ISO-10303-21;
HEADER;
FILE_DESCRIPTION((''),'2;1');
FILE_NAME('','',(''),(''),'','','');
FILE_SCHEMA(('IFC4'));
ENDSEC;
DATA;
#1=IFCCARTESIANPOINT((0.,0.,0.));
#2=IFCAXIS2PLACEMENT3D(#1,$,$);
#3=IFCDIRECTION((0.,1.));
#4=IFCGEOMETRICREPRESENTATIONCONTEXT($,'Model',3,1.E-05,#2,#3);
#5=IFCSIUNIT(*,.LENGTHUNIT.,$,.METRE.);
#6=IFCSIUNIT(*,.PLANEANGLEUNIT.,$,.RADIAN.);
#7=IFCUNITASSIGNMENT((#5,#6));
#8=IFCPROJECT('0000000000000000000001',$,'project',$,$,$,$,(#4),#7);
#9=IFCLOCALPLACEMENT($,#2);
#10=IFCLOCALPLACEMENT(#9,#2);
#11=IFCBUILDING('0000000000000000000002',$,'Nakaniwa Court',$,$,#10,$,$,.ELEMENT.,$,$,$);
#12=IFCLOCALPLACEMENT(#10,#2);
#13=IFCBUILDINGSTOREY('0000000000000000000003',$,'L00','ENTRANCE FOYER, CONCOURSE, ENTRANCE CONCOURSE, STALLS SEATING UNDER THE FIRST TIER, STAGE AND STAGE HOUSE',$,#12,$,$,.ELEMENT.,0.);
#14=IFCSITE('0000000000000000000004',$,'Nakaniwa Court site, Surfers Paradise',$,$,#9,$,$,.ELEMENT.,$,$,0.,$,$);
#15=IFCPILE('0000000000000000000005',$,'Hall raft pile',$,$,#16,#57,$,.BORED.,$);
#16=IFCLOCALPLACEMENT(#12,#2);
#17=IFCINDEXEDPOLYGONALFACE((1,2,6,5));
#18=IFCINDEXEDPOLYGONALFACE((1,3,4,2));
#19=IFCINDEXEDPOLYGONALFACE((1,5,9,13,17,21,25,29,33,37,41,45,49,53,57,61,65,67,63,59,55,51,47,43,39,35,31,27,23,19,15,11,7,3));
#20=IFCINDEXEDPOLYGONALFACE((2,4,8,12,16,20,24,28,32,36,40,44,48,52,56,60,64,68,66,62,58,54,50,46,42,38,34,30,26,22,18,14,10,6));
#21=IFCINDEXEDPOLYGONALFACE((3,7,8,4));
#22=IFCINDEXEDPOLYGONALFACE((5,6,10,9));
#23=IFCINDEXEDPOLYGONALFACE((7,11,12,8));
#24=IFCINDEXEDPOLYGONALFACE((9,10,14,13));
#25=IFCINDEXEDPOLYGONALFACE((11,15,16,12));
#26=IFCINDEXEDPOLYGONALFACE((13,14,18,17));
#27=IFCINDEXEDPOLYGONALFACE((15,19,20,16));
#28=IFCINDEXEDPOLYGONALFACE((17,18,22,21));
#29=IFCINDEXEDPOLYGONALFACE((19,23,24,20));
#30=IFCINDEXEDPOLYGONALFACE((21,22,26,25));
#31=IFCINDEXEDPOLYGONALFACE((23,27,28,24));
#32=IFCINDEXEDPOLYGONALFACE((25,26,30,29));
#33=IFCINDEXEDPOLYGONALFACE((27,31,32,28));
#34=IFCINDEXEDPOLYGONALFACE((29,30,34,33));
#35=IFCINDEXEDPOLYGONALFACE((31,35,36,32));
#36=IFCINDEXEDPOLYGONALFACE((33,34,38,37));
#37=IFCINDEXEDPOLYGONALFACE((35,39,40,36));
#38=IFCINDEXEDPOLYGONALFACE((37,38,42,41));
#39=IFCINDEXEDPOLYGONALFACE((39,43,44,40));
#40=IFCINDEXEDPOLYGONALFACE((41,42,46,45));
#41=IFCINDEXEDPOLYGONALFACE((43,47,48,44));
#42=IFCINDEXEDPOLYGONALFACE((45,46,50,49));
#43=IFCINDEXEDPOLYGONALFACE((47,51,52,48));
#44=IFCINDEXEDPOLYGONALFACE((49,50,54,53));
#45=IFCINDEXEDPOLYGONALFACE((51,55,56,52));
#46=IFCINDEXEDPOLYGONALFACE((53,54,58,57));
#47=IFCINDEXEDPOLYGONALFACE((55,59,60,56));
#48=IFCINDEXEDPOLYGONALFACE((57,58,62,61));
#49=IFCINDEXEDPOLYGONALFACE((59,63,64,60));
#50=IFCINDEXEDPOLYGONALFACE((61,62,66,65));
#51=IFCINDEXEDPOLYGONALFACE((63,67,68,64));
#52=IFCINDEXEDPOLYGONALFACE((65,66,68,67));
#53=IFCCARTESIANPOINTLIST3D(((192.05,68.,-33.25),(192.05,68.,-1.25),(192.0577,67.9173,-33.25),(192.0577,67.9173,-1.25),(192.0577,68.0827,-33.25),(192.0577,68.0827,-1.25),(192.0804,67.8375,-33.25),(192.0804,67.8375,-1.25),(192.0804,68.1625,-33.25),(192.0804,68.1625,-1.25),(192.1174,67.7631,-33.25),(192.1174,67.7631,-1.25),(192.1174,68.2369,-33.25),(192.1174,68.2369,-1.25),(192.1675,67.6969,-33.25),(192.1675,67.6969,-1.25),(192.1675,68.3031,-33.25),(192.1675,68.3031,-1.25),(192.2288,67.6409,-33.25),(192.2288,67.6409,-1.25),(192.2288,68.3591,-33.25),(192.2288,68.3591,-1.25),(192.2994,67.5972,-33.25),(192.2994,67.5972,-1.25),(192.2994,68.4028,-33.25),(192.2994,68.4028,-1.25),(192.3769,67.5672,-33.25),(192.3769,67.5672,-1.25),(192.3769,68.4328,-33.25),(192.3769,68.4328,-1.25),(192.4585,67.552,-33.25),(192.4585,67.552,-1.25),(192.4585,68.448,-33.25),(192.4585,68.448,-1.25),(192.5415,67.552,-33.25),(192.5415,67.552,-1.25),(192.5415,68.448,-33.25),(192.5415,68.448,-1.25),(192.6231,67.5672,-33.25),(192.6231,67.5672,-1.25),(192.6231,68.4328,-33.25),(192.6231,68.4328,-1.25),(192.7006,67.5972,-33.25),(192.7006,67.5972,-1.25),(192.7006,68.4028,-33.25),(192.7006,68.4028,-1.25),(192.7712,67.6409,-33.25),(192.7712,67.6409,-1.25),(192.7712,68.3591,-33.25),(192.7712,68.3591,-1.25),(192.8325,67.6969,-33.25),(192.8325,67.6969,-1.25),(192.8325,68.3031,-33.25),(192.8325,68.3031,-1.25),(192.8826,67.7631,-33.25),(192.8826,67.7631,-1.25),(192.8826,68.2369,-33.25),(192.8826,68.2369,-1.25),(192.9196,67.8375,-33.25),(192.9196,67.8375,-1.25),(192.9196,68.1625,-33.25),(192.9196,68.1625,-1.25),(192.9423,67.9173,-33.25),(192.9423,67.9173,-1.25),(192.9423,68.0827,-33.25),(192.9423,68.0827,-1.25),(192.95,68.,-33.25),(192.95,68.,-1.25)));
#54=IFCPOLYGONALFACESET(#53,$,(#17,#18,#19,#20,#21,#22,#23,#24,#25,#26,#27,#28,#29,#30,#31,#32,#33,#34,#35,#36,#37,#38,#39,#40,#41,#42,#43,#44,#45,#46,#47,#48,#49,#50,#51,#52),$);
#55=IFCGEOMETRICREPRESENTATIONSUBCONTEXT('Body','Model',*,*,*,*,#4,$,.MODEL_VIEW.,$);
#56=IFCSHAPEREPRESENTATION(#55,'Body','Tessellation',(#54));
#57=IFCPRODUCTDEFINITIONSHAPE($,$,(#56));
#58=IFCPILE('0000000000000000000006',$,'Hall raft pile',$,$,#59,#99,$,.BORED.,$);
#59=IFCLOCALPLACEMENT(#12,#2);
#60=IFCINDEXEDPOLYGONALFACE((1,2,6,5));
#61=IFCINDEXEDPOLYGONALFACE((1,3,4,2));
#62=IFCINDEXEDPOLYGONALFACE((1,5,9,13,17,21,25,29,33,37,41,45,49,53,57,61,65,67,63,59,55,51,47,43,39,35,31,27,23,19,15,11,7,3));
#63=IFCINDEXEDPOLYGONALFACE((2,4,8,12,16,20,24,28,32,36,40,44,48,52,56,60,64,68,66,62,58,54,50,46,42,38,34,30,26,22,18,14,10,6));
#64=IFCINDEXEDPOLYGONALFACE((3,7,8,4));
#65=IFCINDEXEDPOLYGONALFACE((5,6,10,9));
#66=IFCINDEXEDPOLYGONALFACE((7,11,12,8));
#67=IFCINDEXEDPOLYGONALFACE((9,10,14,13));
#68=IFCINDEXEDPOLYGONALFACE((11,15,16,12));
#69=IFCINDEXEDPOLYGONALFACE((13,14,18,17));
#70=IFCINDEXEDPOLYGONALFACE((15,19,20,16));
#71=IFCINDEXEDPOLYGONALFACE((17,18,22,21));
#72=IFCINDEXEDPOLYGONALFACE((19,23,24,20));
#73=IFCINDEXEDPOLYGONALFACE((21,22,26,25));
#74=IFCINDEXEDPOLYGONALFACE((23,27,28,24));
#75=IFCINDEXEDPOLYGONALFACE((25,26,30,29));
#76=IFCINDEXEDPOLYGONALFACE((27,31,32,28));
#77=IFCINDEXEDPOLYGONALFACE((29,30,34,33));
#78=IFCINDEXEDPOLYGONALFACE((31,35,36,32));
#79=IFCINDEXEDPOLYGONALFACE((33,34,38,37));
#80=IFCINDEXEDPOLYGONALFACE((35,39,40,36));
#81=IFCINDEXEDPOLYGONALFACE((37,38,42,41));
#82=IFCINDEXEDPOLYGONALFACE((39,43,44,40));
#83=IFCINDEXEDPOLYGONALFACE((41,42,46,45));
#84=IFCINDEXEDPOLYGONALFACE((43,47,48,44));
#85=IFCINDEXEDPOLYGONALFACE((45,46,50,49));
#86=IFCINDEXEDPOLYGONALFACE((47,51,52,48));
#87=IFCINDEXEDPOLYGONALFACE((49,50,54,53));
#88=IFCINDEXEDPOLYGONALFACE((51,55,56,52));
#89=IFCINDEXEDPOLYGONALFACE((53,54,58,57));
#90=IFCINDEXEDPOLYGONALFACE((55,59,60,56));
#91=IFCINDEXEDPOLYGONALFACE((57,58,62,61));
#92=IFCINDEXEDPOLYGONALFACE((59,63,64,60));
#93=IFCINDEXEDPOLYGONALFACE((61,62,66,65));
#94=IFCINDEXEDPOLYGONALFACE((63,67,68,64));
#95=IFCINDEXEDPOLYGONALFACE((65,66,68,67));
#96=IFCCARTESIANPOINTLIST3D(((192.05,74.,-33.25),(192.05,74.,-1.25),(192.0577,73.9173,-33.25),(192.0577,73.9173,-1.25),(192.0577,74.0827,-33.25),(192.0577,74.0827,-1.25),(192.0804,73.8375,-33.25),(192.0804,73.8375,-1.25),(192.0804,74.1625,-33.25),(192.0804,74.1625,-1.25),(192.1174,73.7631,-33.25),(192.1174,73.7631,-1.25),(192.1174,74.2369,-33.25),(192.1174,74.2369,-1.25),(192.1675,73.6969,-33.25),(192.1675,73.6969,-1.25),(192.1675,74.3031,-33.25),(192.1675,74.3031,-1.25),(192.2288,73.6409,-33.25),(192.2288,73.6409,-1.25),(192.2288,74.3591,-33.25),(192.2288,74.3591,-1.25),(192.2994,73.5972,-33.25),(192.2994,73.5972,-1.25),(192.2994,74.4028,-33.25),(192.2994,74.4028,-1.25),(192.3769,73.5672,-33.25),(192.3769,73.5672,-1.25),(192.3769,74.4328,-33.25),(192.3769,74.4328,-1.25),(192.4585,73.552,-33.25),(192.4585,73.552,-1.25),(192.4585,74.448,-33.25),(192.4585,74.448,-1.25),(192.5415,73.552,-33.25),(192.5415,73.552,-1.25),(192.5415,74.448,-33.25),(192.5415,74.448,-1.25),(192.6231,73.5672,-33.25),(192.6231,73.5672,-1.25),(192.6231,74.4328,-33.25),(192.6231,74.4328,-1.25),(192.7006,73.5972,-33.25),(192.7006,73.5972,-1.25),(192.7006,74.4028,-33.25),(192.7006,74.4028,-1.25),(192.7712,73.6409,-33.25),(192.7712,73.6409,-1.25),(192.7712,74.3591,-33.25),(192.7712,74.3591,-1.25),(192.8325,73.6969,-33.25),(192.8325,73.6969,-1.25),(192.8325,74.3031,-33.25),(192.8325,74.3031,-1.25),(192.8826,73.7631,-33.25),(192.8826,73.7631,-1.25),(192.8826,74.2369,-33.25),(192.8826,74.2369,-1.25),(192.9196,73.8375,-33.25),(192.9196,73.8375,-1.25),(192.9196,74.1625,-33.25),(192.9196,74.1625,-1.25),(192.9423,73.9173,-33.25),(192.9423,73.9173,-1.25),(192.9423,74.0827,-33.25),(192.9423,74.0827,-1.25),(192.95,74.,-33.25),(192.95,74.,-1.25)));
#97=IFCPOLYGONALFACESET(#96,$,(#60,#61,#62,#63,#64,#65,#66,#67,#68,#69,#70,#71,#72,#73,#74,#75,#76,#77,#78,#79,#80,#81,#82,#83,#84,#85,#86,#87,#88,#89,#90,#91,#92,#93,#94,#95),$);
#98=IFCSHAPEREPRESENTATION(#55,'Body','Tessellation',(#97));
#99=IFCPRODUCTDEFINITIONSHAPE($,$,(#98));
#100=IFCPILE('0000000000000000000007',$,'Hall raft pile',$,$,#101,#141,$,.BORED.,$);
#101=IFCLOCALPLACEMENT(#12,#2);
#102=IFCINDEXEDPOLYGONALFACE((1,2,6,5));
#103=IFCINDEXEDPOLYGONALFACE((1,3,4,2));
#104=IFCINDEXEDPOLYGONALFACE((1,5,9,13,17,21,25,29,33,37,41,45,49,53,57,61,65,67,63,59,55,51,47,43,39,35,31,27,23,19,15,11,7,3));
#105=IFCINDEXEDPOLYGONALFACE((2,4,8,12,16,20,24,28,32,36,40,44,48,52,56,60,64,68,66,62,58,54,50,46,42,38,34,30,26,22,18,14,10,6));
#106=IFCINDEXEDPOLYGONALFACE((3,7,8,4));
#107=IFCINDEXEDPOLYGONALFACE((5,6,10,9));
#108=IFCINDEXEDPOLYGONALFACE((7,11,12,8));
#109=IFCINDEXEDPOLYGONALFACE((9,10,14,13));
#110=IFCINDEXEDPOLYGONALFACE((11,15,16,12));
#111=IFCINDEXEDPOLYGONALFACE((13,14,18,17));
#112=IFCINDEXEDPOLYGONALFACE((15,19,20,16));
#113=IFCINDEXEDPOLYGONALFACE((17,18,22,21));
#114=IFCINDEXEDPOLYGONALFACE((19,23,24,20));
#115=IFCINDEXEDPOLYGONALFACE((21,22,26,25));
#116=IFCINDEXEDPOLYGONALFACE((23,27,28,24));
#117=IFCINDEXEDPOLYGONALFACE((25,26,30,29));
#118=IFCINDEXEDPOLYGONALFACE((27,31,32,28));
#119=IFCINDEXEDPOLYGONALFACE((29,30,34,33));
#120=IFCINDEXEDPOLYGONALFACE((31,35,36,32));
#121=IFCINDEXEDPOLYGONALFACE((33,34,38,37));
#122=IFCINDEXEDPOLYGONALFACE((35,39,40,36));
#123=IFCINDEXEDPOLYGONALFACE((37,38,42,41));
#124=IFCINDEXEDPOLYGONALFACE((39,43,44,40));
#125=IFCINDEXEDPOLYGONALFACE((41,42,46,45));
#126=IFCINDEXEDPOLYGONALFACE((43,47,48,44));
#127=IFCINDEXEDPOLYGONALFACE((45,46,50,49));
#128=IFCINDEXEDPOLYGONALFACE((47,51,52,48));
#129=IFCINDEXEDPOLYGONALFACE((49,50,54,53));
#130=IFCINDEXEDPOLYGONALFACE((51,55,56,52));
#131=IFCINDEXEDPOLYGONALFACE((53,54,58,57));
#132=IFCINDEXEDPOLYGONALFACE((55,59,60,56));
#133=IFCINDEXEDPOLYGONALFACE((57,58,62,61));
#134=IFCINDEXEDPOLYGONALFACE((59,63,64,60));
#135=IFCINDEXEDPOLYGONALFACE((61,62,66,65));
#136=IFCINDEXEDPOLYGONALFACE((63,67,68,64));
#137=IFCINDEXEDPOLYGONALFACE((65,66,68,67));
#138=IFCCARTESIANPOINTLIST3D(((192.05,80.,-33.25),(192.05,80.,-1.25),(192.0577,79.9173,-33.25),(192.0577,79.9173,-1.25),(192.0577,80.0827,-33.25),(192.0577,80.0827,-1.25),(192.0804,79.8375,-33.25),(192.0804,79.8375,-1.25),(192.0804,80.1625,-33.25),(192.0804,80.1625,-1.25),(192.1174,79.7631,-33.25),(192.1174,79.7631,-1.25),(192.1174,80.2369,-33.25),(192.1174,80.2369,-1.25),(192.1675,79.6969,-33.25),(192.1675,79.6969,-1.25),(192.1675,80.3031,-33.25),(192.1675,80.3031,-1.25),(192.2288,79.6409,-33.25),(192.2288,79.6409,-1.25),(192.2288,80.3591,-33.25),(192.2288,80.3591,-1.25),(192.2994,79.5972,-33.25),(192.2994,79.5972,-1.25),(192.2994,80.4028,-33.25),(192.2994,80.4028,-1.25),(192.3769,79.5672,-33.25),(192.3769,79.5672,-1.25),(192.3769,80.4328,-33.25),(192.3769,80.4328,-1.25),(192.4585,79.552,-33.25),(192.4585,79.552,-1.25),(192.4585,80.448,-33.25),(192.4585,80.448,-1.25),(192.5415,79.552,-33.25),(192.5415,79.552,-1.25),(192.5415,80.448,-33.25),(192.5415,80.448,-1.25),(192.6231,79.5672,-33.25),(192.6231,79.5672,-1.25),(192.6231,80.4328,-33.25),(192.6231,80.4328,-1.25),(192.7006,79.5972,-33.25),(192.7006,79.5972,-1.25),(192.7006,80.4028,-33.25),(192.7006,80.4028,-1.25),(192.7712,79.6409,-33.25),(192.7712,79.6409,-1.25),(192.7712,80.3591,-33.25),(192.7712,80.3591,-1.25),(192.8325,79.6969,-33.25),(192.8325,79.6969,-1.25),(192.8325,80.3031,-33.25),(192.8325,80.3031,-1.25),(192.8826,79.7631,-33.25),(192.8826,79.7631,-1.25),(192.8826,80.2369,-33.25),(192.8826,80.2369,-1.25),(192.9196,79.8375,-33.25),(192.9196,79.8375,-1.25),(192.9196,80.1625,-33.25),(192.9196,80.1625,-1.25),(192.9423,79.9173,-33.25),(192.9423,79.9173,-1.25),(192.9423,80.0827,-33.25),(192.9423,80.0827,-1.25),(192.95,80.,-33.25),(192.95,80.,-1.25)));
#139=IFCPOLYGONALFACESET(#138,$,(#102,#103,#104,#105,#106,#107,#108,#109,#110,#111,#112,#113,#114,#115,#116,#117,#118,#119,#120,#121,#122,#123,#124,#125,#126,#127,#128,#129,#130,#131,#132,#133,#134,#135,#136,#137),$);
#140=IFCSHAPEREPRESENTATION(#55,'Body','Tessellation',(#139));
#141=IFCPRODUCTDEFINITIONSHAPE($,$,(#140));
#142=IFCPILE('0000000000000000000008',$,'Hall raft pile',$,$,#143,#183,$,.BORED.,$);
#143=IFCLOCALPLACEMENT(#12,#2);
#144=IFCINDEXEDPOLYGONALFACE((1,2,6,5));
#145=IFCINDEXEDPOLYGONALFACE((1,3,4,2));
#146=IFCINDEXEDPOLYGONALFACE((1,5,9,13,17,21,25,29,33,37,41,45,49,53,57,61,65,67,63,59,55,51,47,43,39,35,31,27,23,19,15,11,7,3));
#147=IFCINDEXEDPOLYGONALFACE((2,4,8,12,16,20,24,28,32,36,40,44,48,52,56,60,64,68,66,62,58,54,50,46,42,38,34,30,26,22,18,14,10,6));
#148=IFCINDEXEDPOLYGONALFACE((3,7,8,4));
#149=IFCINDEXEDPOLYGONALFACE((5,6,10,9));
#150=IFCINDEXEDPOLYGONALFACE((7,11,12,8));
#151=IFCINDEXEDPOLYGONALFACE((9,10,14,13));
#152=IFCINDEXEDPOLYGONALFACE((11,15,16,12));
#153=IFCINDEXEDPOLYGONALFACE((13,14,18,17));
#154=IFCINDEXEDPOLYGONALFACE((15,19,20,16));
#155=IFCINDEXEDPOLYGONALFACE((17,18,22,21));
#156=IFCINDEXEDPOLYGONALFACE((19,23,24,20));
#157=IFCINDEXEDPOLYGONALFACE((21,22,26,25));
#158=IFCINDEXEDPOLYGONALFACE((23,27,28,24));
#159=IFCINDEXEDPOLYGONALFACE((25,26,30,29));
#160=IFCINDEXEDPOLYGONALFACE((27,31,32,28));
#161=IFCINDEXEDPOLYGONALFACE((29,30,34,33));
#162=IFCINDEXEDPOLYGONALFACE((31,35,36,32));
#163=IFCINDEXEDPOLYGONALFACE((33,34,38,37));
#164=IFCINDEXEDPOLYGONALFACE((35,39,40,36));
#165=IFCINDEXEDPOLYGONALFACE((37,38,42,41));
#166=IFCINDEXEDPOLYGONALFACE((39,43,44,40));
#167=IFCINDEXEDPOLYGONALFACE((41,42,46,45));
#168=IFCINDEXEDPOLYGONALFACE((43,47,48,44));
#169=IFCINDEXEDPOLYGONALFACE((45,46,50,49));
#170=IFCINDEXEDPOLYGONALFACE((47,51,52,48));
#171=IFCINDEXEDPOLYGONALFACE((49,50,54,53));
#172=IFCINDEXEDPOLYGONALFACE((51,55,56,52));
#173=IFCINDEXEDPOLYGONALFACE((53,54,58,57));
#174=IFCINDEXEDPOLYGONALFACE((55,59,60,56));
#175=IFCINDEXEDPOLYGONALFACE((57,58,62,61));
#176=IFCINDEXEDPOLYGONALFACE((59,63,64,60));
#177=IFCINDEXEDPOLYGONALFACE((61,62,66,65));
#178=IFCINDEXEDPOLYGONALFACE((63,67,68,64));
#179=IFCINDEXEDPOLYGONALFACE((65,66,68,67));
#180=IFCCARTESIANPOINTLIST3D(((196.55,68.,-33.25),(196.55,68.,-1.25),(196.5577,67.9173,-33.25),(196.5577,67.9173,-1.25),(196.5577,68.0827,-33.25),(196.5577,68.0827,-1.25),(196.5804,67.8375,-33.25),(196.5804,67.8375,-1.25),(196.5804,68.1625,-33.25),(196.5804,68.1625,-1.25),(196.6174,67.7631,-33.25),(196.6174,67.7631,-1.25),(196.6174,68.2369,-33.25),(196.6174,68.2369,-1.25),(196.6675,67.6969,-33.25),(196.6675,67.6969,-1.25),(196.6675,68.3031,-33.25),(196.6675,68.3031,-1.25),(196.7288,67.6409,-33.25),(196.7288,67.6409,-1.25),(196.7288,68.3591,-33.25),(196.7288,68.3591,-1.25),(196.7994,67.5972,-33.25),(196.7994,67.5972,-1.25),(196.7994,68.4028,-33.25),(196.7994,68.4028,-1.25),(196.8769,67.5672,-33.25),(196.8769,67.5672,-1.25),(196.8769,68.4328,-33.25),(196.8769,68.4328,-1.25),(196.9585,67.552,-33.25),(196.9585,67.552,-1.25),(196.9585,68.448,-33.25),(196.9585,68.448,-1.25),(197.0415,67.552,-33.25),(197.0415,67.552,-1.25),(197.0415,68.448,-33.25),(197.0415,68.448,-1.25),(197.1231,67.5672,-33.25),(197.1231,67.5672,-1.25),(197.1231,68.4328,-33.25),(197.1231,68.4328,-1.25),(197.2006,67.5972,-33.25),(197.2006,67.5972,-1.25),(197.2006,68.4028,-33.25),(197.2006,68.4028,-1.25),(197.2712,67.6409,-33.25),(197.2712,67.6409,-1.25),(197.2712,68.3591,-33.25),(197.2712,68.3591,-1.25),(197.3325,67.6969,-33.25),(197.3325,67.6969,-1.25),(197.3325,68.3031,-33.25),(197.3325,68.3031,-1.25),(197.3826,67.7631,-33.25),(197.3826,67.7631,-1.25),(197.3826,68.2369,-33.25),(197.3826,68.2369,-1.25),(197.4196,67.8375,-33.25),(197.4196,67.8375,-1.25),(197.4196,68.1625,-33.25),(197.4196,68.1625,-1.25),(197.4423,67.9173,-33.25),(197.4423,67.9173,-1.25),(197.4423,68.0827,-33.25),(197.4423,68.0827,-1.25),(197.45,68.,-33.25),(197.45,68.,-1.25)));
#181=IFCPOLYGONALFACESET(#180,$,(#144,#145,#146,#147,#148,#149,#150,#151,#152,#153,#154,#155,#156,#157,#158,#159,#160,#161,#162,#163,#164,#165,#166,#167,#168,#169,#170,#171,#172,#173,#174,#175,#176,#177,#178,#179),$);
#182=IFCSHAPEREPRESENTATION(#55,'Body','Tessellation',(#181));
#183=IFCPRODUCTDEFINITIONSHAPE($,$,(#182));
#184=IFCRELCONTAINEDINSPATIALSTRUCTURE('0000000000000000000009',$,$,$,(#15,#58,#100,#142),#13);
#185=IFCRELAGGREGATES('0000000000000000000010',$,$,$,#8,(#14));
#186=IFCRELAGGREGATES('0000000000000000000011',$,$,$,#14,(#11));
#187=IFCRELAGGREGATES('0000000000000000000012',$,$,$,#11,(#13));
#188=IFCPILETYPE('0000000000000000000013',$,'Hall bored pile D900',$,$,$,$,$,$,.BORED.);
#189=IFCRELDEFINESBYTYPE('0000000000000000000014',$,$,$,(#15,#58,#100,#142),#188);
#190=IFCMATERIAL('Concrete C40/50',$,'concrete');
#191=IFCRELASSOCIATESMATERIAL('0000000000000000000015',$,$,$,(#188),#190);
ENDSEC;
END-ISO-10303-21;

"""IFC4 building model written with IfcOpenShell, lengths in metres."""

from ifc_helpers import new_model, si_unit, direction, frame, origin, origin_2d, place, context, subcontext, project, spatial, circle, extrude, material, material_profile, profile_set, type_object, element, save


model = new_model("IFC4")

# Units and contexts
model_context = context("Model", 3, precision=1e-05, world=origin(), true_north=direction((0.0, 1.0)))
body_context = subcontext(model_context, "Body", "Model", "MODEL_VIEW")
ifc_project = project(units=[si_unit("LENGTHUNIT", "METRE"), si_unit("PLANEANGLEUNIT", "RADIAN")], contexts=[model_context])

# Site, building, storey
site_placement = place(None, origin())
site = spatial("IfcSite", under=ifc_project, at=site_placement, Name="Nakaniwa Court site, Surfers Paradise", CompositionType="ELEMENT", RefElevation=0.0)
building_placement = place(site_placement, origin())
building = spatial("IfcBuilding", under=site, at=building_placement, Name="Nakaniwa Court", CompositionType="ELEMENT")
storey_placement = place(building_placement, origin())
storey = spatial("IfcBuildingStorey", under=building, at=storey_placement, Name="L00", Description="ENTRANCE FOYER, CONCOURSE, ENTRANCE CONCOURSE, STALLS SEATING UNDER THE FIRST TIER, STAGE AND STAGE HOUSE", CompositionType="ELEMENT", Elevation=0.0)

# Piles
ifc_material_1 = material(Name="Concrete C40/50", Category="concrete")
ifc_material_profile = material_profile(ifc_material_1, circle(Radius=0.45, at=origin_2d()), Name="Bored pile D900")
ifc_profile_set = profile_set([ifc_material_profile], Name="Concrete C40/50")
pile_type = type_object("IfcPileType", Name="Hall bored pile D900", PredefinedType="BORED", material=ifc_profile_set)
for number, where, z_axis, x_axis, name in (
    (1, (192.5, 68.0, -1.25), (0.0, 0.0, -1.0), (1.0, 0.0, 0.0), "Hall raft pile"),
    (2, (192.5, 74.0, -1.25), (0.0, 0.0, -1.0), (1.0, 0.0, 0.0), "Hall raft pile"),
    (3, (192.5, 80.0, -1.25), (0.0, 0.0, -1.0), (1.0, 0.0, 0.0), "Hall raft pile"),
    (4, (197.0, 68.0, -1.25), (0.0, 0.0, -1.0), (1.0, 0.0, 0.0), "Hall raft pile"),
):
    element("IfcPile", number, at=place(storey_placement, frame(where, z_axis=z_axis, x_axis=x_axis)), inside=storey, type_object=pile_type, Name=name, PredefinedType="BORED", context=body_context, shape_type="SweptSolid", body=[
        extrude(circle(Radius=0.45, at=origin_2d()), origin(), (0.0, 0.0, 1.0), 32.0),
    ])

save(model, "model.ifc")
